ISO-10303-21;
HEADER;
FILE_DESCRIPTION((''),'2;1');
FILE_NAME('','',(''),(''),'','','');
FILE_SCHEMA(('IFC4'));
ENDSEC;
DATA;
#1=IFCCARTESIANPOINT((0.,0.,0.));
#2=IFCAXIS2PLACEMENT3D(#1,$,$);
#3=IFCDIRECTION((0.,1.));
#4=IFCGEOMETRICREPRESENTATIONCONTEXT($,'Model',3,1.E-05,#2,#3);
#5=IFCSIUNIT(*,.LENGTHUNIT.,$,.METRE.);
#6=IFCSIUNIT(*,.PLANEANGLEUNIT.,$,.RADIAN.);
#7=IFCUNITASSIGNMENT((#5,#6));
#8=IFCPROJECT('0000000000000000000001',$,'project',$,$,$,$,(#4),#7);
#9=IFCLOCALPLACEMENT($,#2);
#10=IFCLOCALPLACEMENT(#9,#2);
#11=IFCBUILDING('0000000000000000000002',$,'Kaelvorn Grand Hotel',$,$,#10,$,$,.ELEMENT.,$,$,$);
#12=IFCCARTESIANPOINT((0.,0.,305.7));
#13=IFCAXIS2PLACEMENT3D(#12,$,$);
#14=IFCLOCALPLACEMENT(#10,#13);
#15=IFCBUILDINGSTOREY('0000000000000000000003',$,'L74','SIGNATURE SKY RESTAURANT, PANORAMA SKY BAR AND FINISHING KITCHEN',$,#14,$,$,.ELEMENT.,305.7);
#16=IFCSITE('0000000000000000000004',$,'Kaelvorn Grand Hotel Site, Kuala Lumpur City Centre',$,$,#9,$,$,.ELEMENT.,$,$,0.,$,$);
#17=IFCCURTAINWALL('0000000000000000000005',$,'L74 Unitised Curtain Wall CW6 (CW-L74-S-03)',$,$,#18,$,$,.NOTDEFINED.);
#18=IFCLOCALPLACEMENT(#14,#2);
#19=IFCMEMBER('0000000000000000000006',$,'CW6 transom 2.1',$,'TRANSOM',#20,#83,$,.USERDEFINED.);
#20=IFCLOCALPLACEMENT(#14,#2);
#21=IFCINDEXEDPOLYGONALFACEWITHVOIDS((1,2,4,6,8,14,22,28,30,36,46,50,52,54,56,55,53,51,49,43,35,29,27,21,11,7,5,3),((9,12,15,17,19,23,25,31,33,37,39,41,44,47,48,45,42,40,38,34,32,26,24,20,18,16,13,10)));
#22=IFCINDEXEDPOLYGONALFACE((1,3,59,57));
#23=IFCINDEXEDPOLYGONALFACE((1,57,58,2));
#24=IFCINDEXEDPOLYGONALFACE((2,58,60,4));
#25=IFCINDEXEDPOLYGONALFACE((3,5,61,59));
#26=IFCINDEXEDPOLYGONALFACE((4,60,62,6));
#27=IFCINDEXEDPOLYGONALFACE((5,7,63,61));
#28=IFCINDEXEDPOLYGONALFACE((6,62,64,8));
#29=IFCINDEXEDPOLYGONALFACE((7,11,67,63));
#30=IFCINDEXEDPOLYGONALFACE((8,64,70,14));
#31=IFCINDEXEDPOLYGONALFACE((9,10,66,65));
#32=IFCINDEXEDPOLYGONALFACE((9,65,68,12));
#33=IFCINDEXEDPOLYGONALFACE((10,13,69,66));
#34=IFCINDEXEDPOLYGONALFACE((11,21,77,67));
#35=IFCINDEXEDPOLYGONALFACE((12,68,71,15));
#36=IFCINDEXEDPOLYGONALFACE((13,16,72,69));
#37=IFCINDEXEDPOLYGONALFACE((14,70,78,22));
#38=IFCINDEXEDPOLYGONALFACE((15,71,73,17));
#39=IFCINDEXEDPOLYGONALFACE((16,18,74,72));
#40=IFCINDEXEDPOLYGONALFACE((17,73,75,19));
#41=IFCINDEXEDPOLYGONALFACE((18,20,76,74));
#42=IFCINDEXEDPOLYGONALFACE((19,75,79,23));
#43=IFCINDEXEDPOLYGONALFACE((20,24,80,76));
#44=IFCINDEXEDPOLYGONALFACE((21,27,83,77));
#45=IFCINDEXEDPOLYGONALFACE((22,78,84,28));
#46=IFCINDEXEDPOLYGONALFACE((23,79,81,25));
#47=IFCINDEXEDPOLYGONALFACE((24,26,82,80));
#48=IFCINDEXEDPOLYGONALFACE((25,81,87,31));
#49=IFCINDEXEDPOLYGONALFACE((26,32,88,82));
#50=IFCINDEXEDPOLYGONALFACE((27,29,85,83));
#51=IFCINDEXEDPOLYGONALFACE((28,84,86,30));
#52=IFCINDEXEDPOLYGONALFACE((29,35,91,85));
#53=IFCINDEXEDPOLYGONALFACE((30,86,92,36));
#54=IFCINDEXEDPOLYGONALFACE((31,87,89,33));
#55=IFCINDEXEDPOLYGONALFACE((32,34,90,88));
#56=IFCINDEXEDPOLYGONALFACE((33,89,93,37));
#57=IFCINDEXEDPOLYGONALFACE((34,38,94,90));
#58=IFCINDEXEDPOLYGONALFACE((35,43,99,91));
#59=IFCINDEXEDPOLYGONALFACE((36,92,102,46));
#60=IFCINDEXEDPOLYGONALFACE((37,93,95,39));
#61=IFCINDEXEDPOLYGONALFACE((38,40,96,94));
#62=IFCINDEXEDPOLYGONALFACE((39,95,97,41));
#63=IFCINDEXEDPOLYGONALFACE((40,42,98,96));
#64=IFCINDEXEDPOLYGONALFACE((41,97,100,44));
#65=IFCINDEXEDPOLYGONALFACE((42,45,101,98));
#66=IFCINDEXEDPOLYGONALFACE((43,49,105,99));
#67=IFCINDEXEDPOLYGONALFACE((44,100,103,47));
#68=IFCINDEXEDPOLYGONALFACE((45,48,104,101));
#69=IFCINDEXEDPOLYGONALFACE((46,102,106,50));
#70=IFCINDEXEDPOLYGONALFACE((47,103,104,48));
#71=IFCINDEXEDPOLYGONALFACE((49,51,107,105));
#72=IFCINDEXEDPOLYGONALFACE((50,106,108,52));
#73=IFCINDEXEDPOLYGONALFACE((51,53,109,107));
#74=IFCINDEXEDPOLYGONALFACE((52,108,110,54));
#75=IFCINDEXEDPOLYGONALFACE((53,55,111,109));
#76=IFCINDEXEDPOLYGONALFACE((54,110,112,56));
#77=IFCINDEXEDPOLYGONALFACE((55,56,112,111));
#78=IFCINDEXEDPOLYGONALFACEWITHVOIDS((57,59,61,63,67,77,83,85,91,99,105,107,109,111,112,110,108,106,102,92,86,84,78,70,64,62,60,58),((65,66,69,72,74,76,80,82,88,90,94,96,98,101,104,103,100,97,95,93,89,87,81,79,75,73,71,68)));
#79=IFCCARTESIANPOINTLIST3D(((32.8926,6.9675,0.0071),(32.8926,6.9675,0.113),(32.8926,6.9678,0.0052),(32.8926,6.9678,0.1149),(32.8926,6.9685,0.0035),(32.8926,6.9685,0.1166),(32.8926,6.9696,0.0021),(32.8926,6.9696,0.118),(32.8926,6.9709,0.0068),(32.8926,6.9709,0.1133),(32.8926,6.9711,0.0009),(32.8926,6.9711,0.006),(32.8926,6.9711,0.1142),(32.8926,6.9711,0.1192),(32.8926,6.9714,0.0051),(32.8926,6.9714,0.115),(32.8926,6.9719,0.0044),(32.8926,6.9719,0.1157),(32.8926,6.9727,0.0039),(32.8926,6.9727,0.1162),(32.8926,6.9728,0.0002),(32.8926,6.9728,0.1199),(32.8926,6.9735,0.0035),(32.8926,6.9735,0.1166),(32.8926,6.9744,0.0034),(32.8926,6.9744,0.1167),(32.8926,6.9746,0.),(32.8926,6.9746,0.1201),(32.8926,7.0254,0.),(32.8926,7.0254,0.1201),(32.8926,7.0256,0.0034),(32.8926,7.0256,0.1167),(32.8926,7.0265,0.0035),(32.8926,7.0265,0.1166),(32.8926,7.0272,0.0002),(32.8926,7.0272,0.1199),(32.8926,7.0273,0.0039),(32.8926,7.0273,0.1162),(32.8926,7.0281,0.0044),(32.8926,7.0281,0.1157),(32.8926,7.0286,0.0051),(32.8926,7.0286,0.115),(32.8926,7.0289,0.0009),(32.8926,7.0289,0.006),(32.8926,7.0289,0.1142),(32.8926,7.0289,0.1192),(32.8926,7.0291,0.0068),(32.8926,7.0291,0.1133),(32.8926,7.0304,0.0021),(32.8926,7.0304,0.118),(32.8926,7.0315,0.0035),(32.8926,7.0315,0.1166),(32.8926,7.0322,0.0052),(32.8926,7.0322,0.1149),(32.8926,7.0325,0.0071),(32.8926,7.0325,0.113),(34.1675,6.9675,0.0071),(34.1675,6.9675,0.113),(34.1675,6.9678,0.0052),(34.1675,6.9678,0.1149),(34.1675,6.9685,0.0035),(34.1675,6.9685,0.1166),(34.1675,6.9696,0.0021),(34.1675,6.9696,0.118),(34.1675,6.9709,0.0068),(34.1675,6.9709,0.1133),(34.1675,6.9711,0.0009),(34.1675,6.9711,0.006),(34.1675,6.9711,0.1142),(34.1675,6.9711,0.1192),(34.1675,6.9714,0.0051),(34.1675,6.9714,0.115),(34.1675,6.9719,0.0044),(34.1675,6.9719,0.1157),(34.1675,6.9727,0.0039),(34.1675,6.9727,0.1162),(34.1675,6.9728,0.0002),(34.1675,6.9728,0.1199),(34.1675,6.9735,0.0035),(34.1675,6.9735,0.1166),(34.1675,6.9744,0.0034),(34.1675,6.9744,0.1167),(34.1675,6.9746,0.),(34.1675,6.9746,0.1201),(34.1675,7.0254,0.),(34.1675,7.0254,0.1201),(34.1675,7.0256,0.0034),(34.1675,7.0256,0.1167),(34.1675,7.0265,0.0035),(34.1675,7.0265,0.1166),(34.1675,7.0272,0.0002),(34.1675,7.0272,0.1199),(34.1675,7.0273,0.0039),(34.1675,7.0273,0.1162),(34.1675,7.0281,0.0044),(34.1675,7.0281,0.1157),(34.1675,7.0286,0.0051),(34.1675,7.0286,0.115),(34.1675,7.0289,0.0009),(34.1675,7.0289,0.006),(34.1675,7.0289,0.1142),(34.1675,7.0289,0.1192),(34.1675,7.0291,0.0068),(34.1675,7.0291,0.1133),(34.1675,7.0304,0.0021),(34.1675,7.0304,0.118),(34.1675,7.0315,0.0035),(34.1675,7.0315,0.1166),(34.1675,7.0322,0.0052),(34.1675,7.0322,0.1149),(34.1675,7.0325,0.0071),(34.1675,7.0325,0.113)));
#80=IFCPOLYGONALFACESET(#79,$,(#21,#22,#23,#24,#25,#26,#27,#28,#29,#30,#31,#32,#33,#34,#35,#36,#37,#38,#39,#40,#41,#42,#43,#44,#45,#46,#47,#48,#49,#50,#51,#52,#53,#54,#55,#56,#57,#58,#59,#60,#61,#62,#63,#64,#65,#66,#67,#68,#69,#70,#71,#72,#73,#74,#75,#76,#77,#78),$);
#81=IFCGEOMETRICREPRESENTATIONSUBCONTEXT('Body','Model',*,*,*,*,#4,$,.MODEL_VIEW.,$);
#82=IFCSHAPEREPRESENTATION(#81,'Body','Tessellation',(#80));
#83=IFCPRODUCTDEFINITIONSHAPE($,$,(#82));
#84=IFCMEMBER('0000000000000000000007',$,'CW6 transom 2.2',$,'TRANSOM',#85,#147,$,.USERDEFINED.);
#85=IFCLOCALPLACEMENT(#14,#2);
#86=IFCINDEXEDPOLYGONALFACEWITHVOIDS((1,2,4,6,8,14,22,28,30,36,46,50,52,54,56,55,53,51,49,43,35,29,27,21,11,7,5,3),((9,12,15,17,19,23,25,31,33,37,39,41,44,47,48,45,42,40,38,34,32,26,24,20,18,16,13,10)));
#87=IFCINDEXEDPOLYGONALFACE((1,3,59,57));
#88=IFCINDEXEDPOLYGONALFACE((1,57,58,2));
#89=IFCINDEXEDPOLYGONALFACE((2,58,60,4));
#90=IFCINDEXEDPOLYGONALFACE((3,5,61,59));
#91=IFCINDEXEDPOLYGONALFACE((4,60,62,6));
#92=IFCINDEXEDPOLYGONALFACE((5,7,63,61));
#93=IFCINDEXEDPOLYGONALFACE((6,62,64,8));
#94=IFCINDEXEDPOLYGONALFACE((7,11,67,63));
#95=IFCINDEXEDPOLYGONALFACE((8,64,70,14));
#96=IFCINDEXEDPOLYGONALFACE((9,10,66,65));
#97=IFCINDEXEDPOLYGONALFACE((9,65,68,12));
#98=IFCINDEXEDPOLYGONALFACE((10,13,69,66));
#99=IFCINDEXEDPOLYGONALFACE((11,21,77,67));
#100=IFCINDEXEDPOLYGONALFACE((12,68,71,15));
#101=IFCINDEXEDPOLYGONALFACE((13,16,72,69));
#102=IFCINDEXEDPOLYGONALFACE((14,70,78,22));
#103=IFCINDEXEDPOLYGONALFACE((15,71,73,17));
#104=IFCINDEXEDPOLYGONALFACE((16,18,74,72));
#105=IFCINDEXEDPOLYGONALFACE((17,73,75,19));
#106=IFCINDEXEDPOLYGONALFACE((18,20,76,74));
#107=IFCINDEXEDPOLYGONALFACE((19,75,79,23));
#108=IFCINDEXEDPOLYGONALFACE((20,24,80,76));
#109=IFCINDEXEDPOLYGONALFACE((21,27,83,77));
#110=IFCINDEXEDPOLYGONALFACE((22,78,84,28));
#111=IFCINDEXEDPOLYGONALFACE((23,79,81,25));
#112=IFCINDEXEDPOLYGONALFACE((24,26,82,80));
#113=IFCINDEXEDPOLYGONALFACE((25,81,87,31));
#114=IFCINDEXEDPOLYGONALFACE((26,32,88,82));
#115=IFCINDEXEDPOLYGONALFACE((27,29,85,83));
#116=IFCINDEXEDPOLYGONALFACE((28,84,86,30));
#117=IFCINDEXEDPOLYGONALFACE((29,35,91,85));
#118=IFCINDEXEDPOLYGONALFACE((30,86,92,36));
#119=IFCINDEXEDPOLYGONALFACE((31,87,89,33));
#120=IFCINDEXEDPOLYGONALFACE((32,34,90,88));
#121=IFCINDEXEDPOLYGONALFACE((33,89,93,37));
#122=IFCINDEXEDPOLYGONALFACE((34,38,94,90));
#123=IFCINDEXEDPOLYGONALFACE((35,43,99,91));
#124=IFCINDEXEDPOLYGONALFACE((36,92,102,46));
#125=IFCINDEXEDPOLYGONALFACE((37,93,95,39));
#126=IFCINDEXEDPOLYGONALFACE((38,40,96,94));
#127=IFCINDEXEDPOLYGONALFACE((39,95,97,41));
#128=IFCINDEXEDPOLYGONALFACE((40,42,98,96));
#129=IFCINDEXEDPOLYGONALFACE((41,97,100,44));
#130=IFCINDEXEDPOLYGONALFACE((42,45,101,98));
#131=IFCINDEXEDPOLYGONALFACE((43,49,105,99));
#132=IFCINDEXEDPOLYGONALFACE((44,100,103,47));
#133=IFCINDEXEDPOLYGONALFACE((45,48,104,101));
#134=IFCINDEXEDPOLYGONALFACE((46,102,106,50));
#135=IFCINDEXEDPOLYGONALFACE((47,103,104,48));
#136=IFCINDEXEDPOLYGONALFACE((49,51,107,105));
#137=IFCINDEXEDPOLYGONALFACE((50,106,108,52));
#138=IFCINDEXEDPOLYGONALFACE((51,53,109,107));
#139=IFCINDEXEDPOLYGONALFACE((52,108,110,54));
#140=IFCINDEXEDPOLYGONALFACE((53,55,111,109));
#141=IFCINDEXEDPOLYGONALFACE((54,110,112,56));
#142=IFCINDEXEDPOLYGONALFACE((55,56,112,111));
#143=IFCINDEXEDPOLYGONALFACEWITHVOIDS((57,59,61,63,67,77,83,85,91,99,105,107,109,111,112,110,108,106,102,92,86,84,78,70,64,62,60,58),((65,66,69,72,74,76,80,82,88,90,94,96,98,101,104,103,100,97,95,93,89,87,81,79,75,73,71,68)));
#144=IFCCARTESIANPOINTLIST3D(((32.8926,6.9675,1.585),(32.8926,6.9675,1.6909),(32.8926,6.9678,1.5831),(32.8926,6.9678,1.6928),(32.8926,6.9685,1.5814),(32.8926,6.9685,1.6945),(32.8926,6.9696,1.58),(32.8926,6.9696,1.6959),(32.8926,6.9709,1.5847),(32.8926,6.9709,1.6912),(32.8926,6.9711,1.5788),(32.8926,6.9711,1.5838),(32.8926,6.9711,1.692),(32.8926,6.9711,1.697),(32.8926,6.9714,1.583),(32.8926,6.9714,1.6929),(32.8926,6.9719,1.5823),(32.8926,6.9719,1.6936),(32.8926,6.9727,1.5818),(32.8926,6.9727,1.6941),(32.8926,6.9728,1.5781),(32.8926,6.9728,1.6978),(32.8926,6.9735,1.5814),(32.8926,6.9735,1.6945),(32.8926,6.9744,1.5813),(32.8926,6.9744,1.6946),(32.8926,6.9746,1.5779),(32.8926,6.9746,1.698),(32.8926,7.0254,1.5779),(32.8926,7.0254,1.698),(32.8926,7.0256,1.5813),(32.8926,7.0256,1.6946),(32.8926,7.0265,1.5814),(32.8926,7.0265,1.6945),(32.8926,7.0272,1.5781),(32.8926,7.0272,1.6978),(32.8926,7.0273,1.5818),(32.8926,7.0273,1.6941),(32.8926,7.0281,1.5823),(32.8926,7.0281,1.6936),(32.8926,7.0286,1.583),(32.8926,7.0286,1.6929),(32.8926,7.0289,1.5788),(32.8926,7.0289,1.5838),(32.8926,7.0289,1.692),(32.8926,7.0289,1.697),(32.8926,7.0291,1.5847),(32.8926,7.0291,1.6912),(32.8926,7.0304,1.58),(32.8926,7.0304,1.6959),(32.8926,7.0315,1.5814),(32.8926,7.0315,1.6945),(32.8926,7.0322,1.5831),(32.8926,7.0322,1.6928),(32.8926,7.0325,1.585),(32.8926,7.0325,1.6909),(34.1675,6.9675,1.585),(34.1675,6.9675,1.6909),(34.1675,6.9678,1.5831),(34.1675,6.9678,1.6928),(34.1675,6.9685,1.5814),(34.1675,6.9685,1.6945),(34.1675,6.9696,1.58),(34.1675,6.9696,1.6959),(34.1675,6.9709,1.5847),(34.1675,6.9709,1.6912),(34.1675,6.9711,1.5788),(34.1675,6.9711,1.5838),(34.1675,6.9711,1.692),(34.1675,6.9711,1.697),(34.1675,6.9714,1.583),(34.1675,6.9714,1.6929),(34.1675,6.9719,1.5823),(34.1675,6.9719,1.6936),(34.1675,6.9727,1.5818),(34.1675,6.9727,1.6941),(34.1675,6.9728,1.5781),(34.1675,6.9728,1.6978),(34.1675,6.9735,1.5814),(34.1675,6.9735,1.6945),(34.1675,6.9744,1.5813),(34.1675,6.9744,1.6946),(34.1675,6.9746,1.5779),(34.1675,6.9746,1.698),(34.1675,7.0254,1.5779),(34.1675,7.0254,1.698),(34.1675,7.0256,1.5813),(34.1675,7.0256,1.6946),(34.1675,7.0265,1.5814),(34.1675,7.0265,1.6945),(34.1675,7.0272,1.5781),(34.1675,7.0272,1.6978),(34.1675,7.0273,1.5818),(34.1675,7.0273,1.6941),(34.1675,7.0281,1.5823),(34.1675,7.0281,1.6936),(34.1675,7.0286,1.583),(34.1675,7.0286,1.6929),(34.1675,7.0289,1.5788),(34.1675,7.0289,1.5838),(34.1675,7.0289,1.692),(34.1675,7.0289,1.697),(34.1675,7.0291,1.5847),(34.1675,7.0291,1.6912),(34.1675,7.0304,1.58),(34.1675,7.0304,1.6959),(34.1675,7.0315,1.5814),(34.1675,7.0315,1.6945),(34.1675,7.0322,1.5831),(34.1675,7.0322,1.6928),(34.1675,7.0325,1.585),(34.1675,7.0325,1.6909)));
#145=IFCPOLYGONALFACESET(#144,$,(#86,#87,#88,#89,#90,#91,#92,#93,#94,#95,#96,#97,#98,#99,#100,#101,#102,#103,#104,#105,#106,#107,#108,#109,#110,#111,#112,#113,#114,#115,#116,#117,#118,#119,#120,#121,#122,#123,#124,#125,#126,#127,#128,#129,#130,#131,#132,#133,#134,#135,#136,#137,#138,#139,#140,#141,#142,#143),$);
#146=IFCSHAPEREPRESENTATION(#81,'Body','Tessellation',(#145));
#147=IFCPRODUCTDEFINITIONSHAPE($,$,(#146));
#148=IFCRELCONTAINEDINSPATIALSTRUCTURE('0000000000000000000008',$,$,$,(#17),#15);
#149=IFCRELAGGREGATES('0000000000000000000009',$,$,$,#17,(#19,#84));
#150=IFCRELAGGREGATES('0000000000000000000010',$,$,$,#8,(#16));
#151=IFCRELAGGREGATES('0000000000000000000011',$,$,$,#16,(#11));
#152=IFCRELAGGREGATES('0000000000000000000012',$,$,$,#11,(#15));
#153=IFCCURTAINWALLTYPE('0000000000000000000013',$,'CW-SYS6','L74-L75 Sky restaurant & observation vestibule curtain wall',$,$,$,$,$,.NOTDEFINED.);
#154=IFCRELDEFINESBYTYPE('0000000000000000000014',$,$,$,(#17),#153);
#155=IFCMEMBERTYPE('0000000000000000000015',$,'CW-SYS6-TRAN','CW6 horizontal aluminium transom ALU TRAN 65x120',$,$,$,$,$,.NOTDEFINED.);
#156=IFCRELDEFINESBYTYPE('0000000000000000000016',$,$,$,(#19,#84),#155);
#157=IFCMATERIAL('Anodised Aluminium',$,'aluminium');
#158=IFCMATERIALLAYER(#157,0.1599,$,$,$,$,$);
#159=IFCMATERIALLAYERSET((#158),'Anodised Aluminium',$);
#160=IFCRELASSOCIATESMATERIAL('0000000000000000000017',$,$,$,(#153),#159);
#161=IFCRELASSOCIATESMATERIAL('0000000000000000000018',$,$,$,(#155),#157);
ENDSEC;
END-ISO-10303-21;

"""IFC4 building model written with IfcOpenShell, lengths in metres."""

from ifc_helpers import new_model, si_unit, direction, frame, origin, origin_2d, place, context, subcontext, project, spatial, hollow_rectangle, extrude, material, layer, layer_set, material_profile, profile_set, type_object, element, aggregate, save


model = new_model("IFC4")

# Units and contexts
model_context = context("Model", 3, precision=1e-05, world=origin(), true_north=direction((0.0, 1.0)))
body_context = subcontext(model_context, "Body", "Model", "MODEL_VIEW")
ifc_project = project(units=[si_unit("LENGTHUNIT", "METRE"), si_unit("PLANEANGLEUNIT", "RADIAN")], contexts=[model_context])

# Site, building, storey
site_placement = place(None, origin())
site = spatial("IfcSite", under=ifc_project, at=site_placement, Name="Kaelvorn Grand Hotel Site, Kuala Lumpur City Centre", CompositionType="ELEMENT", RefElevation=0.0)
building_placement = place(site_placement, origin())
building = spatial("IfcBuilding", under=site, at=building_placement, Name="Kaelvorn Grand Hotel", CompositionType="ELEMENT")
storey_placement = place(building_placement, frame((0.0, 0.0, 305.7)))
storey = spatial("IfcBuildingStorey", under=building, at=storey_placement, Name="L74", Description="SIGNATURE SKY RESTAURANT, PANORAMA SKY BAR AND FINISHING KITCHEN", CompositionType="ELEMENT", Elevation=305.7)

# Curtain wall, members
ifc_material_1 = material(Name="Anodised Aluminium", Category="aluminium")
ifc_layer_1 = layer(ifc_material_1, 0.1599)
ifc_layer_set_1 = layer_set([ifc_layer_1], Name="Anodised Aluminium")
curtain_wall_type = type_object("IfcCurtainWallType", Name="CW-SYS6", Description="L74-L75 Sky restaurant & observation vestibule curtain wall", PredefinedType="NOTDEFINED", material=ifc_layer_set_1)
curtain_wall_placement = place(storey_placement, origin())
curtain_wall = element("IfcCurtainWall", 1, at=curtain_wall_placement, inside=storey, type_object=curtain_wall_type, Name="L74 Unitised Curtain Wall CW6 (CW-L74-S-03)", PredefinedType="NOTDEFINED")
ifc_material_profile_1 = material_profile(ifc_material_1, hollow_rectangle(XDim=0.0649, YDim=0.1201, WallThickness=0.0034, InnerFilletRadius=0.0034, OuterFilletRadius=0.0071, at=origin_2d()), Name="ALU TRAN 65x120")
ifc_profile_set_1 = profile_set([ifc_material_profile_1], Name="Anodised Aluminium")
member_type_1 = type_object("IfcMemberType", Name="CW-SYS6-TRAN", Description="CW6 horizontal aluminium transom ALU TRAN 65x120", PredefinedType="NOTDEFINED", material=ifc_profile_set_1)
member_1_placement = place(storey_placement, frame((32.8926, 7.0, 0.0601), z_axis=(1.0, 0.0, 0.0), x_axis=(0.0, 1.0, 0.0)))
member_1 = element("IfcMember", 2, at=member_1_placement, type_object=member_type_1, Name="CW6 transom 2.1", ObjectType="TRANSOM", PredefinedType="USERDEFINED", context=body_context, shape_type="SweptSolid", body=[
    extrude(hollow_rectangle(XDim=0.0649, YDim=0.1201, WallThickness=0.0034, InnerFilletRadius=0.0034, OuterFilletRadius=0.0071, at=origin_2d()), origin(), (0.0, 0.0, 1.0), 1.2749),
])
member_2_placement = place(storey_placement, frame((32.8926, 7.0, 1.6379), z_axis=(1.0, 0.0, 0.0), x_axis=(0.0, 1.0, 0.0)))
member_2 = element("IfcMember", 3, at=member_2_placement, type_object=member_type_1, Name="CW6 transom 2.2", ObjectType="TRANSOM", PredefinedType="USERDEFINED", context=body_context, shape_type="SweptSolid", body=[
    extrude(hollow_rectangle(XDim=0.0649, YDim=0.1201, WallThickness=0.0034, InnerFilletRadius=0.0034, OuterFilletRadius=0.0071, at=origin_2d()), origin(), (0.0, 0.0, 1.0), 1.2749),
])
aggregate(curtain_wall, [member_1, member_2])

save(model, "model.ifc")
